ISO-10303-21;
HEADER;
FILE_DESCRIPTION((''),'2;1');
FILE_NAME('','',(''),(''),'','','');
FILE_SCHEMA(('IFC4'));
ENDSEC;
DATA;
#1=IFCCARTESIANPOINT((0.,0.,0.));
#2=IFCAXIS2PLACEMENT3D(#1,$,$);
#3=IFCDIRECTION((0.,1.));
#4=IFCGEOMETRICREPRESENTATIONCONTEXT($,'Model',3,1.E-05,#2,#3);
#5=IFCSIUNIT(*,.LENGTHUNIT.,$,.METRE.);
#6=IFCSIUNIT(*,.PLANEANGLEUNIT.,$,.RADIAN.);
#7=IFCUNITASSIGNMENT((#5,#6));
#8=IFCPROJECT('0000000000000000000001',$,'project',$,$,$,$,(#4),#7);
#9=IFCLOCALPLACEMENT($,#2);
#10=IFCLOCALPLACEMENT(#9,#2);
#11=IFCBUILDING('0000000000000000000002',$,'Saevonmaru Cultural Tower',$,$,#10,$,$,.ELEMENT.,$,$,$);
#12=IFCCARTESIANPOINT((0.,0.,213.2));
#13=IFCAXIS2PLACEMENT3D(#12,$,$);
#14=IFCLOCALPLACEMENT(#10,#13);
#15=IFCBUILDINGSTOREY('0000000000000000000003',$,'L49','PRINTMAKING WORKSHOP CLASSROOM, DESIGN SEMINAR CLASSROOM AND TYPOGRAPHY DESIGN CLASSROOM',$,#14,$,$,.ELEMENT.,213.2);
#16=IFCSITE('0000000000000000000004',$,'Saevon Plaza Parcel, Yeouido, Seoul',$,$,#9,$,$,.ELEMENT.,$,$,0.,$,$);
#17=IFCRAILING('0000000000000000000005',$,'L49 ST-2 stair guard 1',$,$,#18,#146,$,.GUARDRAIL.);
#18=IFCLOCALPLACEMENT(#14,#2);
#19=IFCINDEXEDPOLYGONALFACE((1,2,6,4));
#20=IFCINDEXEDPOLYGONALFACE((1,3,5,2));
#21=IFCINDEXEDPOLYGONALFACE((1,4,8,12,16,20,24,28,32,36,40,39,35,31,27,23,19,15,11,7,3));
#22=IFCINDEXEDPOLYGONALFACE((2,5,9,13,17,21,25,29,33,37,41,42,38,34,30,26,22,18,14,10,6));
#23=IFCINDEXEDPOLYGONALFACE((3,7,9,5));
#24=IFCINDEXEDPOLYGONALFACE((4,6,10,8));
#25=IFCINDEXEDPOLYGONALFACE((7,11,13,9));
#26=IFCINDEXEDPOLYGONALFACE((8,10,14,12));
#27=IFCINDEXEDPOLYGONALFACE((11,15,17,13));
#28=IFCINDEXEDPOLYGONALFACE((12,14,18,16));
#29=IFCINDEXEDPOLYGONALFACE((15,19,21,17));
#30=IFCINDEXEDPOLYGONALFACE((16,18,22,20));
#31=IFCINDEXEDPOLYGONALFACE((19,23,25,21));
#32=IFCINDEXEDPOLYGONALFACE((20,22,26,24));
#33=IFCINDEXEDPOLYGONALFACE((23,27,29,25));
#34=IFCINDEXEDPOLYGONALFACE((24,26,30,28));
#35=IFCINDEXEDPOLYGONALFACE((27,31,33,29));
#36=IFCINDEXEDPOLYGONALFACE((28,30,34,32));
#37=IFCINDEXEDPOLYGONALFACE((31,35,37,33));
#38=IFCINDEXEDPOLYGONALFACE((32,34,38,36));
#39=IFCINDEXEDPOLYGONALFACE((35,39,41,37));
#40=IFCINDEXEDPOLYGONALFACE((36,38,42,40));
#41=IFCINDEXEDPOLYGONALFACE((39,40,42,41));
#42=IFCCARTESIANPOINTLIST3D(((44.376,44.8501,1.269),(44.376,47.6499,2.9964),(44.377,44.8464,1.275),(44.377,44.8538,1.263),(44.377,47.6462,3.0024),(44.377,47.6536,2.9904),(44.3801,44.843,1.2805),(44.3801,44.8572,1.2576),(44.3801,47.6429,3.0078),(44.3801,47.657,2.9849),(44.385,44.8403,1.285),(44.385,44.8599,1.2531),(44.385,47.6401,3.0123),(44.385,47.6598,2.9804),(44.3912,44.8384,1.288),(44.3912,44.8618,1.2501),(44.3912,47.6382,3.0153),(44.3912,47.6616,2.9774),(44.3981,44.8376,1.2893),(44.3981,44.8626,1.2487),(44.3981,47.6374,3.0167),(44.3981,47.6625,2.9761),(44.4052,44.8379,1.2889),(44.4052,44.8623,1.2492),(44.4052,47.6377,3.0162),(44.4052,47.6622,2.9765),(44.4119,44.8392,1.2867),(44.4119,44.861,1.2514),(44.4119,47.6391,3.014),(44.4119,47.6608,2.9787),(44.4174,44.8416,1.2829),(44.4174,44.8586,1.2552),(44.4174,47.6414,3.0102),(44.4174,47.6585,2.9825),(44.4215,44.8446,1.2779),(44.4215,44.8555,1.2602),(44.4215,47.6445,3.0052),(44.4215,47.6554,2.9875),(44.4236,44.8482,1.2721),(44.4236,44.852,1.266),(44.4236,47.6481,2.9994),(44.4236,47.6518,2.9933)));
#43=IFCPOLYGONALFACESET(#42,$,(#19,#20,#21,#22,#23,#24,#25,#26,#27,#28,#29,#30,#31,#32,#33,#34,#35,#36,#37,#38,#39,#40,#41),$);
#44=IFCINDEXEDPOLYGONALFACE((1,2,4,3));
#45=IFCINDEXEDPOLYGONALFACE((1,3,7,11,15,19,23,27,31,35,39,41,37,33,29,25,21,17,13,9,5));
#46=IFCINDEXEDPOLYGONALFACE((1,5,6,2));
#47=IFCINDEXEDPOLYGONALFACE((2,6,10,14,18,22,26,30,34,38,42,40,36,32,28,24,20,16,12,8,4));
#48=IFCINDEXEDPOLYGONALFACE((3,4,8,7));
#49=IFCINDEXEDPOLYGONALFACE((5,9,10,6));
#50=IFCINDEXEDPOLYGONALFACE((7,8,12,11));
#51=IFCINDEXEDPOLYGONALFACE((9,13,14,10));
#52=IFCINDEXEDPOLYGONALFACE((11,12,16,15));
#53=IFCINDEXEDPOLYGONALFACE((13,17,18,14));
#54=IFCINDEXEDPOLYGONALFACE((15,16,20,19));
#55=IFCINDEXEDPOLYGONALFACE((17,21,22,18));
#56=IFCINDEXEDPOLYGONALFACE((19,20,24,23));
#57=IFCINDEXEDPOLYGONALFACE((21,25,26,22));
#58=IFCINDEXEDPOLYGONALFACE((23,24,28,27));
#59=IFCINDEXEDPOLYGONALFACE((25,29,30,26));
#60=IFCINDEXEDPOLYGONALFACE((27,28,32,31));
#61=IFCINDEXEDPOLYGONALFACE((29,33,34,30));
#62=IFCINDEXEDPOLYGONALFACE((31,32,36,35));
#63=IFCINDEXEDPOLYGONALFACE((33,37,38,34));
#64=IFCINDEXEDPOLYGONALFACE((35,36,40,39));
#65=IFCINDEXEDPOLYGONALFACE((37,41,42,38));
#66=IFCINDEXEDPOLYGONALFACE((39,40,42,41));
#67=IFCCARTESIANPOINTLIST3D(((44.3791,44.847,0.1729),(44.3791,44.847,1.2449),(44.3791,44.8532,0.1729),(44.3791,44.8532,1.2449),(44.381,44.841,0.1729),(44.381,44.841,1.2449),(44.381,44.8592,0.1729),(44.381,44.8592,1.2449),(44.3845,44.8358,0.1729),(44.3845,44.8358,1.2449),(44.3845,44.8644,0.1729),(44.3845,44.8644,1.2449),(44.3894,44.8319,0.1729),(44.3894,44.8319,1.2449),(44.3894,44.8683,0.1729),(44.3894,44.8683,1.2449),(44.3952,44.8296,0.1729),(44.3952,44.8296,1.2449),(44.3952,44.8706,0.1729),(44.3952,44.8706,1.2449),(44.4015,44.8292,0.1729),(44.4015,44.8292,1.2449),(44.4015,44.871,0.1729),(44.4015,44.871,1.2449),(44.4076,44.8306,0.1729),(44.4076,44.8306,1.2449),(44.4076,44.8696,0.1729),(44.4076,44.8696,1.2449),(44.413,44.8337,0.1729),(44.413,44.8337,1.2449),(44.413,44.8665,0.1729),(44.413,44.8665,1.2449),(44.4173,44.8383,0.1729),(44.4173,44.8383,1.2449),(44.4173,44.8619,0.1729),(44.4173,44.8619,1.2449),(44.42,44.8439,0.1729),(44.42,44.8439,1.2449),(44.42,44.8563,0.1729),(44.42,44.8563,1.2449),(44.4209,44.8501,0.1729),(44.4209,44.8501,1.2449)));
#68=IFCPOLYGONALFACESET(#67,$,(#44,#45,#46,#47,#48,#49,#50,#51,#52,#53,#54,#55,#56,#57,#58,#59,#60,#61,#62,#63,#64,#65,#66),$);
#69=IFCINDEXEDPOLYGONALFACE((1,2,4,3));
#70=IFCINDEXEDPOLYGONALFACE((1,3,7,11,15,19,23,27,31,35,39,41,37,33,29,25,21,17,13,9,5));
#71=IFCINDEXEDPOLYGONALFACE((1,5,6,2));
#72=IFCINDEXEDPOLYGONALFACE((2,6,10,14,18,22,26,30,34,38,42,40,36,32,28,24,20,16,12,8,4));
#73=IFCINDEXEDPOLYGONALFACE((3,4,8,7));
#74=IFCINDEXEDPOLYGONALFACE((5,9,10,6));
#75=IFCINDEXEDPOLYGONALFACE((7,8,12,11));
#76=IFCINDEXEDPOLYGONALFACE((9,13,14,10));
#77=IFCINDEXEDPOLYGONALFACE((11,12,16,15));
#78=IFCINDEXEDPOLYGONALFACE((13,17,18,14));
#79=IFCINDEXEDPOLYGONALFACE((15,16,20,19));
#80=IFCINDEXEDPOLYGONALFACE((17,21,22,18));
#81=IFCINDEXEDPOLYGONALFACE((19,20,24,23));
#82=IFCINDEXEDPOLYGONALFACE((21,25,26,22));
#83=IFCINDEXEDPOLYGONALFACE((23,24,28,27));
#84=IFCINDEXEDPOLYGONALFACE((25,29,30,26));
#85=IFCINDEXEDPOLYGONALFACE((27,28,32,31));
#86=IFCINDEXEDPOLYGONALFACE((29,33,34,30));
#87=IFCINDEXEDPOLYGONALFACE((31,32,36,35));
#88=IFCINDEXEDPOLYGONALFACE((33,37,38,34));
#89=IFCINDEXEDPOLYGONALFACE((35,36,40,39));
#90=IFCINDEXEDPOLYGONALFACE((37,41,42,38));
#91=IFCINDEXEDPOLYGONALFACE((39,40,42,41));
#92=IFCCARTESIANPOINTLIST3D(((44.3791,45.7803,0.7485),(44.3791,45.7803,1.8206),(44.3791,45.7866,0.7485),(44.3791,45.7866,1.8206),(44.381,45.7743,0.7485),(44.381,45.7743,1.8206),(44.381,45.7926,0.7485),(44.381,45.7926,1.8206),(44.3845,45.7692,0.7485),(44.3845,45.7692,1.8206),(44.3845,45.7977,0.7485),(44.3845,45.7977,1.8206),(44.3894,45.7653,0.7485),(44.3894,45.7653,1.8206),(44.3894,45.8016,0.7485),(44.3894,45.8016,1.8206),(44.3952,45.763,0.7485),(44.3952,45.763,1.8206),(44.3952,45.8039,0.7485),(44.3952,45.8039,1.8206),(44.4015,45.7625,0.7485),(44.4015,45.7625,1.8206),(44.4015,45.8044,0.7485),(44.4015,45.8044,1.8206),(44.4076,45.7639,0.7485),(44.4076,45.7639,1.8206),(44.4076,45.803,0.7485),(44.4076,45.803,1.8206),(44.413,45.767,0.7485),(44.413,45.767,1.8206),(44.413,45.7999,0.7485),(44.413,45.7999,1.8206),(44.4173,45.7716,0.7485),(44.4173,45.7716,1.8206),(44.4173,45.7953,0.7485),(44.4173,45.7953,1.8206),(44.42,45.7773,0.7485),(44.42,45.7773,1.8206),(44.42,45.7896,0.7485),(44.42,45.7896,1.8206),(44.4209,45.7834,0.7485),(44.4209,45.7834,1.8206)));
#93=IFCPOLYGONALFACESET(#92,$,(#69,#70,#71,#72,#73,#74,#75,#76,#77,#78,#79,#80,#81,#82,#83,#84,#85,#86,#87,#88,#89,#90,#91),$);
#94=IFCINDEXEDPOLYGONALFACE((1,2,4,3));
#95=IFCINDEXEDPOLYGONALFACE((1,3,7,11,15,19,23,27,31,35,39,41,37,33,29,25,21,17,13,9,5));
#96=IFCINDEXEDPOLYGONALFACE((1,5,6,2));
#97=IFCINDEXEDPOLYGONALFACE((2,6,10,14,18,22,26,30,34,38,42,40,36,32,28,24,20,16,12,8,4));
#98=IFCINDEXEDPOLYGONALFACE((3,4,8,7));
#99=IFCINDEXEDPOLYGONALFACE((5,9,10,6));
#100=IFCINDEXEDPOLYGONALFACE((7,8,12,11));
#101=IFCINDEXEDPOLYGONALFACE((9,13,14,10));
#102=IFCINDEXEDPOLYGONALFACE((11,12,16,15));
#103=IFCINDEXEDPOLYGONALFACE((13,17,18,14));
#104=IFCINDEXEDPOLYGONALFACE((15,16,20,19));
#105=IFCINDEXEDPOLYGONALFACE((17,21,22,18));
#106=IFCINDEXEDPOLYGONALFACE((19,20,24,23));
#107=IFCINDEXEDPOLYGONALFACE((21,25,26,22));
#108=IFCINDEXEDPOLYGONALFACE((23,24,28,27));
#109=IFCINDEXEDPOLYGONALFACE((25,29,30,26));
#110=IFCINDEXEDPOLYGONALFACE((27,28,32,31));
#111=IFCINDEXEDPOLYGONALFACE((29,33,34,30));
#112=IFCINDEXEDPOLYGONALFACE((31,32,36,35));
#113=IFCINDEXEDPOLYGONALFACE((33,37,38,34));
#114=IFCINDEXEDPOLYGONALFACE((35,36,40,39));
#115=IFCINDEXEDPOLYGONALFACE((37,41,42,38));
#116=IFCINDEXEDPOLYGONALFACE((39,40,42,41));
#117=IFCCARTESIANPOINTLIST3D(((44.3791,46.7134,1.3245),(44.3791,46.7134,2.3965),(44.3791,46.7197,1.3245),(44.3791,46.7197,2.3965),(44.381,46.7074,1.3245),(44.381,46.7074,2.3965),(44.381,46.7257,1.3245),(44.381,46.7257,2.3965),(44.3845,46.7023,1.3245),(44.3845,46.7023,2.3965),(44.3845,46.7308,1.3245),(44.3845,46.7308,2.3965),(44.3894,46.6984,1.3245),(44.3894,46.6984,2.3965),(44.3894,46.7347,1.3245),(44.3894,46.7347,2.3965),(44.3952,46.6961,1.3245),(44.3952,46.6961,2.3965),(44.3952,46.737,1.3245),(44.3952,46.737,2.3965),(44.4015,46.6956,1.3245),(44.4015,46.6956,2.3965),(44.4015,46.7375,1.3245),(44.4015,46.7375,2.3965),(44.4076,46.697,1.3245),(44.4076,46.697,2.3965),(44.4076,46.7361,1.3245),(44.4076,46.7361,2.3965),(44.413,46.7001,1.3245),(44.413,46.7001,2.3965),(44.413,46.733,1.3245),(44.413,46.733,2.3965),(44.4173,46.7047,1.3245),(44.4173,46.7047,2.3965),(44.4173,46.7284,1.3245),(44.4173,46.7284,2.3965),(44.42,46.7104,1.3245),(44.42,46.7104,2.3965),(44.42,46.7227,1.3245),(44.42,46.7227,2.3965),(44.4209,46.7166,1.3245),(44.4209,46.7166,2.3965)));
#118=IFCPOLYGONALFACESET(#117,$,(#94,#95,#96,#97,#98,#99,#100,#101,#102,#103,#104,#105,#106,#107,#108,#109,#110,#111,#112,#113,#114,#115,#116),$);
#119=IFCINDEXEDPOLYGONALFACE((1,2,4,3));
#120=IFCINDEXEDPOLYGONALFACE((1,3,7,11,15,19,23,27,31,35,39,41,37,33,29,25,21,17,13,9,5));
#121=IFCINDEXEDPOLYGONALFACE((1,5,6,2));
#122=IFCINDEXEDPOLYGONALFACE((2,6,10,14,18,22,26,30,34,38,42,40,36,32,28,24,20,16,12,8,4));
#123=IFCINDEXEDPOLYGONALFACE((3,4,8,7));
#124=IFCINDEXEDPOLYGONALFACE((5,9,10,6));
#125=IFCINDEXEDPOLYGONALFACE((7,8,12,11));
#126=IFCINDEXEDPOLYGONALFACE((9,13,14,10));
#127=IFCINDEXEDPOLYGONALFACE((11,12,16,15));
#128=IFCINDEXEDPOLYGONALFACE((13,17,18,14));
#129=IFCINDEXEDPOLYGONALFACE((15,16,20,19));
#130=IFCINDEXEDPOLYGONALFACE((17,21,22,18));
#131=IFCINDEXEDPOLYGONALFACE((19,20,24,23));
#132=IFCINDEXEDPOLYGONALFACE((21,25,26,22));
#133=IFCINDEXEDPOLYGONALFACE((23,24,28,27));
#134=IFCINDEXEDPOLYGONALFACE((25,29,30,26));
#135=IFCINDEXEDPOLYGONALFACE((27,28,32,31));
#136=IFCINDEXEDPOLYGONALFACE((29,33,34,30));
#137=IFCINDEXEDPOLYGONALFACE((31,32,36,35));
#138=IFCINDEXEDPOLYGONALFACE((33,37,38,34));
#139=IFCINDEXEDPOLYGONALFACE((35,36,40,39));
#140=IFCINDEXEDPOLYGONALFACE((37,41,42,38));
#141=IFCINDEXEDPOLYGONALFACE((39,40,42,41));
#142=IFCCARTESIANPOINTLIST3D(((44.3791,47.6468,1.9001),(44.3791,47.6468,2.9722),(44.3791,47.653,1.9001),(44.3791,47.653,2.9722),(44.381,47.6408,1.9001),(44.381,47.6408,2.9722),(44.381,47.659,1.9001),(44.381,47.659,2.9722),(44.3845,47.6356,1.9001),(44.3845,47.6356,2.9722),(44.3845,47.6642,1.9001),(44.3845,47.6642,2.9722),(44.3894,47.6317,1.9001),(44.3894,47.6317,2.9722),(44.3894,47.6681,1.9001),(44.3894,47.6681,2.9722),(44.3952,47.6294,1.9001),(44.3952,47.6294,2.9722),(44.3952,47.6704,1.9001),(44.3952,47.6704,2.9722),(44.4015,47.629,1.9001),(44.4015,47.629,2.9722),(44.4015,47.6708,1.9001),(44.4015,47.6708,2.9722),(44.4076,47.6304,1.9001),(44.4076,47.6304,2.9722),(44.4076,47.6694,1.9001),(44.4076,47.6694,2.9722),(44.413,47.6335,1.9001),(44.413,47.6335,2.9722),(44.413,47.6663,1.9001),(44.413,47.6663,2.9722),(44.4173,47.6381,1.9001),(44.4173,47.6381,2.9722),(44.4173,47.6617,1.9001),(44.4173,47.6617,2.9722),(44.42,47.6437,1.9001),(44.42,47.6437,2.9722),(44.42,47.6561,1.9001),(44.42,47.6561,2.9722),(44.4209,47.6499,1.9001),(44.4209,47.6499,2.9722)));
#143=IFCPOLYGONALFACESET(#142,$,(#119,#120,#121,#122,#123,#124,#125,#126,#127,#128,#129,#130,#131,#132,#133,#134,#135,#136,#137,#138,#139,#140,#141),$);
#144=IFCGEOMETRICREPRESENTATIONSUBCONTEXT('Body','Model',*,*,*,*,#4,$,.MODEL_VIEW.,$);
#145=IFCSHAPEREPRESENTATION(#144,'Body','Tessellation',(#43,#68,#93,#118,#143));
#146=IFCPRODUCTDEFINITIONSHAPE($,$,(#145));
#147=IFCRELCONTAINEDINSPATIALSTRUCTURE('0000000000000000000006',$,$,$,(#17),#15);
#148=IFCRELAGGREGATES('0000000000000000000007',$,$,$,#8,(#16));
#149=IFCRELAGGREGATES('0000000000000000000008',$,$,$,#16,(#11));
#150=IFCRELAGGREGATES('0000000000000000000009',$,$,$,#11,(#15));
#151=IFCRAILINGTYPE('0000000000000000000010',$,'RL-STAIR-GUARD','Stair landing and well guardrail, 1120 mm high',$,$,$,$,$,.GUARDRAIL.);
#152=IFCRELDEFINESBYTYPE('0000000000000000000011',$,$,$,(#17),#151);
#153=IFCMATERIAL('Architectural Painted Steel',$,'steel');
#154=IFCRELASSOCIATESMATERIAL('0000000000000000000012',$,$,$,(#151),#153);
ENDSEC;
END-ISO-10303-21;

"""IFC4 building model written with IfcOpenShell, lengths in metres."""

from ifc_helpers import new_model, si_unit, direction, frame, origin, origin_2d, place, context, subcontext, project, spatial, circle, extrude, material, type_object, element, save


model = new_model("IFC4")

# Units and contexts
model_context = context("Model", 3, precision=1e-05, world=origin(), true_north=direction((0.0, 1.0)))
body_context = subcontext(model_context, "Body", "Model", "MODEL_VIEW")
ifc_project = project(units=[si_unit("LENGTHUNIT", "METRE"), si_unit("PLANEANGLEUNIT", "RADIAN")], contexts=[model_context])

# Site, building, storey
site_placement = place(None, origin())
site = spatial("IfcSite", under=ifc_project, at=site_placement, Name="Saevon Plaza Parcel, Yeouido, Seoul", CompositionType="ELEMENT", RefElevation=0.0)
building_placement = place(site_placement, origin())
building = spatial("IfcBuilding", under=site, at=building_placement, Name="Saevonmaru Cultural Tower", CompositionType="ELEMENT")
storey_placement = place(building_placement, frame((0.0, 0.0, 213.2)))
storey = spatial("IfcBuildingStorey", under=building, at=storey_placement, Name="L49", Description="PRINTMAKING WORKSHOP CLASSROOM, DESIGN SEMINAR CLASSROOM AND TYPOGRAPHY DESIGN CLASSROOM", CompositionType="ELEMENT", Elevation=213.2)

# Railing
ifc_material_1 = material(Name="Architectural Painted Steel", Category="steel")
railing_type_1 = type_object("IfcRailingType", Name="RL-STAIR-GUARD", Description="Stair landing and well guardrail, 1120 mm high", PredefinedType="GUARDRAIL", material=ifc_material_1)
railing_1_placement = place(storey_placement, frame((44.3999, 44.8501, 0.1729)))
element("IfcRailing", 1, at=railing_1_placement, inside=storey, type_object=railing_type_1, Name="L49 ST-2 stair guard 1", PredefinedType="GUARDRAIL", context=body_context, shape_type="SweptSolid", body=[
    extrude(circle(Radius=0.0239, at=origin_2d()), frame((0.0, 0.0, 1.0962), z_axis=(0.0, 0.851069, 0.525054), x_axis=(-1.0, 0.0, 0.0)), (0.0, 0.0, 1.0), 3.2898),
    extrude(circle(Radius=0.021, at=origin_2d()), origin(), (0.0, 0.0, 1.0), 1.072),
    extrude(circle(Radius=0.021, at=origin_2d()), frame((0.0, 0.9333, 0.5757)), (0.0, 0.0, 1.0), 1.072),
    extrude(circle(Radius=0.021, at=origin_2d()), frame((0.0, 1.8665, 1.1516)), (0.0, 0.0, 1.0), 1.072),
    extrude(circle(Radius=0.021, at=origin_2d()), frame((0.0, 2.7998, 1.7273)), (0.0, 0.0, 1.0), 1.072),
])

save(model, "model.ifc")
